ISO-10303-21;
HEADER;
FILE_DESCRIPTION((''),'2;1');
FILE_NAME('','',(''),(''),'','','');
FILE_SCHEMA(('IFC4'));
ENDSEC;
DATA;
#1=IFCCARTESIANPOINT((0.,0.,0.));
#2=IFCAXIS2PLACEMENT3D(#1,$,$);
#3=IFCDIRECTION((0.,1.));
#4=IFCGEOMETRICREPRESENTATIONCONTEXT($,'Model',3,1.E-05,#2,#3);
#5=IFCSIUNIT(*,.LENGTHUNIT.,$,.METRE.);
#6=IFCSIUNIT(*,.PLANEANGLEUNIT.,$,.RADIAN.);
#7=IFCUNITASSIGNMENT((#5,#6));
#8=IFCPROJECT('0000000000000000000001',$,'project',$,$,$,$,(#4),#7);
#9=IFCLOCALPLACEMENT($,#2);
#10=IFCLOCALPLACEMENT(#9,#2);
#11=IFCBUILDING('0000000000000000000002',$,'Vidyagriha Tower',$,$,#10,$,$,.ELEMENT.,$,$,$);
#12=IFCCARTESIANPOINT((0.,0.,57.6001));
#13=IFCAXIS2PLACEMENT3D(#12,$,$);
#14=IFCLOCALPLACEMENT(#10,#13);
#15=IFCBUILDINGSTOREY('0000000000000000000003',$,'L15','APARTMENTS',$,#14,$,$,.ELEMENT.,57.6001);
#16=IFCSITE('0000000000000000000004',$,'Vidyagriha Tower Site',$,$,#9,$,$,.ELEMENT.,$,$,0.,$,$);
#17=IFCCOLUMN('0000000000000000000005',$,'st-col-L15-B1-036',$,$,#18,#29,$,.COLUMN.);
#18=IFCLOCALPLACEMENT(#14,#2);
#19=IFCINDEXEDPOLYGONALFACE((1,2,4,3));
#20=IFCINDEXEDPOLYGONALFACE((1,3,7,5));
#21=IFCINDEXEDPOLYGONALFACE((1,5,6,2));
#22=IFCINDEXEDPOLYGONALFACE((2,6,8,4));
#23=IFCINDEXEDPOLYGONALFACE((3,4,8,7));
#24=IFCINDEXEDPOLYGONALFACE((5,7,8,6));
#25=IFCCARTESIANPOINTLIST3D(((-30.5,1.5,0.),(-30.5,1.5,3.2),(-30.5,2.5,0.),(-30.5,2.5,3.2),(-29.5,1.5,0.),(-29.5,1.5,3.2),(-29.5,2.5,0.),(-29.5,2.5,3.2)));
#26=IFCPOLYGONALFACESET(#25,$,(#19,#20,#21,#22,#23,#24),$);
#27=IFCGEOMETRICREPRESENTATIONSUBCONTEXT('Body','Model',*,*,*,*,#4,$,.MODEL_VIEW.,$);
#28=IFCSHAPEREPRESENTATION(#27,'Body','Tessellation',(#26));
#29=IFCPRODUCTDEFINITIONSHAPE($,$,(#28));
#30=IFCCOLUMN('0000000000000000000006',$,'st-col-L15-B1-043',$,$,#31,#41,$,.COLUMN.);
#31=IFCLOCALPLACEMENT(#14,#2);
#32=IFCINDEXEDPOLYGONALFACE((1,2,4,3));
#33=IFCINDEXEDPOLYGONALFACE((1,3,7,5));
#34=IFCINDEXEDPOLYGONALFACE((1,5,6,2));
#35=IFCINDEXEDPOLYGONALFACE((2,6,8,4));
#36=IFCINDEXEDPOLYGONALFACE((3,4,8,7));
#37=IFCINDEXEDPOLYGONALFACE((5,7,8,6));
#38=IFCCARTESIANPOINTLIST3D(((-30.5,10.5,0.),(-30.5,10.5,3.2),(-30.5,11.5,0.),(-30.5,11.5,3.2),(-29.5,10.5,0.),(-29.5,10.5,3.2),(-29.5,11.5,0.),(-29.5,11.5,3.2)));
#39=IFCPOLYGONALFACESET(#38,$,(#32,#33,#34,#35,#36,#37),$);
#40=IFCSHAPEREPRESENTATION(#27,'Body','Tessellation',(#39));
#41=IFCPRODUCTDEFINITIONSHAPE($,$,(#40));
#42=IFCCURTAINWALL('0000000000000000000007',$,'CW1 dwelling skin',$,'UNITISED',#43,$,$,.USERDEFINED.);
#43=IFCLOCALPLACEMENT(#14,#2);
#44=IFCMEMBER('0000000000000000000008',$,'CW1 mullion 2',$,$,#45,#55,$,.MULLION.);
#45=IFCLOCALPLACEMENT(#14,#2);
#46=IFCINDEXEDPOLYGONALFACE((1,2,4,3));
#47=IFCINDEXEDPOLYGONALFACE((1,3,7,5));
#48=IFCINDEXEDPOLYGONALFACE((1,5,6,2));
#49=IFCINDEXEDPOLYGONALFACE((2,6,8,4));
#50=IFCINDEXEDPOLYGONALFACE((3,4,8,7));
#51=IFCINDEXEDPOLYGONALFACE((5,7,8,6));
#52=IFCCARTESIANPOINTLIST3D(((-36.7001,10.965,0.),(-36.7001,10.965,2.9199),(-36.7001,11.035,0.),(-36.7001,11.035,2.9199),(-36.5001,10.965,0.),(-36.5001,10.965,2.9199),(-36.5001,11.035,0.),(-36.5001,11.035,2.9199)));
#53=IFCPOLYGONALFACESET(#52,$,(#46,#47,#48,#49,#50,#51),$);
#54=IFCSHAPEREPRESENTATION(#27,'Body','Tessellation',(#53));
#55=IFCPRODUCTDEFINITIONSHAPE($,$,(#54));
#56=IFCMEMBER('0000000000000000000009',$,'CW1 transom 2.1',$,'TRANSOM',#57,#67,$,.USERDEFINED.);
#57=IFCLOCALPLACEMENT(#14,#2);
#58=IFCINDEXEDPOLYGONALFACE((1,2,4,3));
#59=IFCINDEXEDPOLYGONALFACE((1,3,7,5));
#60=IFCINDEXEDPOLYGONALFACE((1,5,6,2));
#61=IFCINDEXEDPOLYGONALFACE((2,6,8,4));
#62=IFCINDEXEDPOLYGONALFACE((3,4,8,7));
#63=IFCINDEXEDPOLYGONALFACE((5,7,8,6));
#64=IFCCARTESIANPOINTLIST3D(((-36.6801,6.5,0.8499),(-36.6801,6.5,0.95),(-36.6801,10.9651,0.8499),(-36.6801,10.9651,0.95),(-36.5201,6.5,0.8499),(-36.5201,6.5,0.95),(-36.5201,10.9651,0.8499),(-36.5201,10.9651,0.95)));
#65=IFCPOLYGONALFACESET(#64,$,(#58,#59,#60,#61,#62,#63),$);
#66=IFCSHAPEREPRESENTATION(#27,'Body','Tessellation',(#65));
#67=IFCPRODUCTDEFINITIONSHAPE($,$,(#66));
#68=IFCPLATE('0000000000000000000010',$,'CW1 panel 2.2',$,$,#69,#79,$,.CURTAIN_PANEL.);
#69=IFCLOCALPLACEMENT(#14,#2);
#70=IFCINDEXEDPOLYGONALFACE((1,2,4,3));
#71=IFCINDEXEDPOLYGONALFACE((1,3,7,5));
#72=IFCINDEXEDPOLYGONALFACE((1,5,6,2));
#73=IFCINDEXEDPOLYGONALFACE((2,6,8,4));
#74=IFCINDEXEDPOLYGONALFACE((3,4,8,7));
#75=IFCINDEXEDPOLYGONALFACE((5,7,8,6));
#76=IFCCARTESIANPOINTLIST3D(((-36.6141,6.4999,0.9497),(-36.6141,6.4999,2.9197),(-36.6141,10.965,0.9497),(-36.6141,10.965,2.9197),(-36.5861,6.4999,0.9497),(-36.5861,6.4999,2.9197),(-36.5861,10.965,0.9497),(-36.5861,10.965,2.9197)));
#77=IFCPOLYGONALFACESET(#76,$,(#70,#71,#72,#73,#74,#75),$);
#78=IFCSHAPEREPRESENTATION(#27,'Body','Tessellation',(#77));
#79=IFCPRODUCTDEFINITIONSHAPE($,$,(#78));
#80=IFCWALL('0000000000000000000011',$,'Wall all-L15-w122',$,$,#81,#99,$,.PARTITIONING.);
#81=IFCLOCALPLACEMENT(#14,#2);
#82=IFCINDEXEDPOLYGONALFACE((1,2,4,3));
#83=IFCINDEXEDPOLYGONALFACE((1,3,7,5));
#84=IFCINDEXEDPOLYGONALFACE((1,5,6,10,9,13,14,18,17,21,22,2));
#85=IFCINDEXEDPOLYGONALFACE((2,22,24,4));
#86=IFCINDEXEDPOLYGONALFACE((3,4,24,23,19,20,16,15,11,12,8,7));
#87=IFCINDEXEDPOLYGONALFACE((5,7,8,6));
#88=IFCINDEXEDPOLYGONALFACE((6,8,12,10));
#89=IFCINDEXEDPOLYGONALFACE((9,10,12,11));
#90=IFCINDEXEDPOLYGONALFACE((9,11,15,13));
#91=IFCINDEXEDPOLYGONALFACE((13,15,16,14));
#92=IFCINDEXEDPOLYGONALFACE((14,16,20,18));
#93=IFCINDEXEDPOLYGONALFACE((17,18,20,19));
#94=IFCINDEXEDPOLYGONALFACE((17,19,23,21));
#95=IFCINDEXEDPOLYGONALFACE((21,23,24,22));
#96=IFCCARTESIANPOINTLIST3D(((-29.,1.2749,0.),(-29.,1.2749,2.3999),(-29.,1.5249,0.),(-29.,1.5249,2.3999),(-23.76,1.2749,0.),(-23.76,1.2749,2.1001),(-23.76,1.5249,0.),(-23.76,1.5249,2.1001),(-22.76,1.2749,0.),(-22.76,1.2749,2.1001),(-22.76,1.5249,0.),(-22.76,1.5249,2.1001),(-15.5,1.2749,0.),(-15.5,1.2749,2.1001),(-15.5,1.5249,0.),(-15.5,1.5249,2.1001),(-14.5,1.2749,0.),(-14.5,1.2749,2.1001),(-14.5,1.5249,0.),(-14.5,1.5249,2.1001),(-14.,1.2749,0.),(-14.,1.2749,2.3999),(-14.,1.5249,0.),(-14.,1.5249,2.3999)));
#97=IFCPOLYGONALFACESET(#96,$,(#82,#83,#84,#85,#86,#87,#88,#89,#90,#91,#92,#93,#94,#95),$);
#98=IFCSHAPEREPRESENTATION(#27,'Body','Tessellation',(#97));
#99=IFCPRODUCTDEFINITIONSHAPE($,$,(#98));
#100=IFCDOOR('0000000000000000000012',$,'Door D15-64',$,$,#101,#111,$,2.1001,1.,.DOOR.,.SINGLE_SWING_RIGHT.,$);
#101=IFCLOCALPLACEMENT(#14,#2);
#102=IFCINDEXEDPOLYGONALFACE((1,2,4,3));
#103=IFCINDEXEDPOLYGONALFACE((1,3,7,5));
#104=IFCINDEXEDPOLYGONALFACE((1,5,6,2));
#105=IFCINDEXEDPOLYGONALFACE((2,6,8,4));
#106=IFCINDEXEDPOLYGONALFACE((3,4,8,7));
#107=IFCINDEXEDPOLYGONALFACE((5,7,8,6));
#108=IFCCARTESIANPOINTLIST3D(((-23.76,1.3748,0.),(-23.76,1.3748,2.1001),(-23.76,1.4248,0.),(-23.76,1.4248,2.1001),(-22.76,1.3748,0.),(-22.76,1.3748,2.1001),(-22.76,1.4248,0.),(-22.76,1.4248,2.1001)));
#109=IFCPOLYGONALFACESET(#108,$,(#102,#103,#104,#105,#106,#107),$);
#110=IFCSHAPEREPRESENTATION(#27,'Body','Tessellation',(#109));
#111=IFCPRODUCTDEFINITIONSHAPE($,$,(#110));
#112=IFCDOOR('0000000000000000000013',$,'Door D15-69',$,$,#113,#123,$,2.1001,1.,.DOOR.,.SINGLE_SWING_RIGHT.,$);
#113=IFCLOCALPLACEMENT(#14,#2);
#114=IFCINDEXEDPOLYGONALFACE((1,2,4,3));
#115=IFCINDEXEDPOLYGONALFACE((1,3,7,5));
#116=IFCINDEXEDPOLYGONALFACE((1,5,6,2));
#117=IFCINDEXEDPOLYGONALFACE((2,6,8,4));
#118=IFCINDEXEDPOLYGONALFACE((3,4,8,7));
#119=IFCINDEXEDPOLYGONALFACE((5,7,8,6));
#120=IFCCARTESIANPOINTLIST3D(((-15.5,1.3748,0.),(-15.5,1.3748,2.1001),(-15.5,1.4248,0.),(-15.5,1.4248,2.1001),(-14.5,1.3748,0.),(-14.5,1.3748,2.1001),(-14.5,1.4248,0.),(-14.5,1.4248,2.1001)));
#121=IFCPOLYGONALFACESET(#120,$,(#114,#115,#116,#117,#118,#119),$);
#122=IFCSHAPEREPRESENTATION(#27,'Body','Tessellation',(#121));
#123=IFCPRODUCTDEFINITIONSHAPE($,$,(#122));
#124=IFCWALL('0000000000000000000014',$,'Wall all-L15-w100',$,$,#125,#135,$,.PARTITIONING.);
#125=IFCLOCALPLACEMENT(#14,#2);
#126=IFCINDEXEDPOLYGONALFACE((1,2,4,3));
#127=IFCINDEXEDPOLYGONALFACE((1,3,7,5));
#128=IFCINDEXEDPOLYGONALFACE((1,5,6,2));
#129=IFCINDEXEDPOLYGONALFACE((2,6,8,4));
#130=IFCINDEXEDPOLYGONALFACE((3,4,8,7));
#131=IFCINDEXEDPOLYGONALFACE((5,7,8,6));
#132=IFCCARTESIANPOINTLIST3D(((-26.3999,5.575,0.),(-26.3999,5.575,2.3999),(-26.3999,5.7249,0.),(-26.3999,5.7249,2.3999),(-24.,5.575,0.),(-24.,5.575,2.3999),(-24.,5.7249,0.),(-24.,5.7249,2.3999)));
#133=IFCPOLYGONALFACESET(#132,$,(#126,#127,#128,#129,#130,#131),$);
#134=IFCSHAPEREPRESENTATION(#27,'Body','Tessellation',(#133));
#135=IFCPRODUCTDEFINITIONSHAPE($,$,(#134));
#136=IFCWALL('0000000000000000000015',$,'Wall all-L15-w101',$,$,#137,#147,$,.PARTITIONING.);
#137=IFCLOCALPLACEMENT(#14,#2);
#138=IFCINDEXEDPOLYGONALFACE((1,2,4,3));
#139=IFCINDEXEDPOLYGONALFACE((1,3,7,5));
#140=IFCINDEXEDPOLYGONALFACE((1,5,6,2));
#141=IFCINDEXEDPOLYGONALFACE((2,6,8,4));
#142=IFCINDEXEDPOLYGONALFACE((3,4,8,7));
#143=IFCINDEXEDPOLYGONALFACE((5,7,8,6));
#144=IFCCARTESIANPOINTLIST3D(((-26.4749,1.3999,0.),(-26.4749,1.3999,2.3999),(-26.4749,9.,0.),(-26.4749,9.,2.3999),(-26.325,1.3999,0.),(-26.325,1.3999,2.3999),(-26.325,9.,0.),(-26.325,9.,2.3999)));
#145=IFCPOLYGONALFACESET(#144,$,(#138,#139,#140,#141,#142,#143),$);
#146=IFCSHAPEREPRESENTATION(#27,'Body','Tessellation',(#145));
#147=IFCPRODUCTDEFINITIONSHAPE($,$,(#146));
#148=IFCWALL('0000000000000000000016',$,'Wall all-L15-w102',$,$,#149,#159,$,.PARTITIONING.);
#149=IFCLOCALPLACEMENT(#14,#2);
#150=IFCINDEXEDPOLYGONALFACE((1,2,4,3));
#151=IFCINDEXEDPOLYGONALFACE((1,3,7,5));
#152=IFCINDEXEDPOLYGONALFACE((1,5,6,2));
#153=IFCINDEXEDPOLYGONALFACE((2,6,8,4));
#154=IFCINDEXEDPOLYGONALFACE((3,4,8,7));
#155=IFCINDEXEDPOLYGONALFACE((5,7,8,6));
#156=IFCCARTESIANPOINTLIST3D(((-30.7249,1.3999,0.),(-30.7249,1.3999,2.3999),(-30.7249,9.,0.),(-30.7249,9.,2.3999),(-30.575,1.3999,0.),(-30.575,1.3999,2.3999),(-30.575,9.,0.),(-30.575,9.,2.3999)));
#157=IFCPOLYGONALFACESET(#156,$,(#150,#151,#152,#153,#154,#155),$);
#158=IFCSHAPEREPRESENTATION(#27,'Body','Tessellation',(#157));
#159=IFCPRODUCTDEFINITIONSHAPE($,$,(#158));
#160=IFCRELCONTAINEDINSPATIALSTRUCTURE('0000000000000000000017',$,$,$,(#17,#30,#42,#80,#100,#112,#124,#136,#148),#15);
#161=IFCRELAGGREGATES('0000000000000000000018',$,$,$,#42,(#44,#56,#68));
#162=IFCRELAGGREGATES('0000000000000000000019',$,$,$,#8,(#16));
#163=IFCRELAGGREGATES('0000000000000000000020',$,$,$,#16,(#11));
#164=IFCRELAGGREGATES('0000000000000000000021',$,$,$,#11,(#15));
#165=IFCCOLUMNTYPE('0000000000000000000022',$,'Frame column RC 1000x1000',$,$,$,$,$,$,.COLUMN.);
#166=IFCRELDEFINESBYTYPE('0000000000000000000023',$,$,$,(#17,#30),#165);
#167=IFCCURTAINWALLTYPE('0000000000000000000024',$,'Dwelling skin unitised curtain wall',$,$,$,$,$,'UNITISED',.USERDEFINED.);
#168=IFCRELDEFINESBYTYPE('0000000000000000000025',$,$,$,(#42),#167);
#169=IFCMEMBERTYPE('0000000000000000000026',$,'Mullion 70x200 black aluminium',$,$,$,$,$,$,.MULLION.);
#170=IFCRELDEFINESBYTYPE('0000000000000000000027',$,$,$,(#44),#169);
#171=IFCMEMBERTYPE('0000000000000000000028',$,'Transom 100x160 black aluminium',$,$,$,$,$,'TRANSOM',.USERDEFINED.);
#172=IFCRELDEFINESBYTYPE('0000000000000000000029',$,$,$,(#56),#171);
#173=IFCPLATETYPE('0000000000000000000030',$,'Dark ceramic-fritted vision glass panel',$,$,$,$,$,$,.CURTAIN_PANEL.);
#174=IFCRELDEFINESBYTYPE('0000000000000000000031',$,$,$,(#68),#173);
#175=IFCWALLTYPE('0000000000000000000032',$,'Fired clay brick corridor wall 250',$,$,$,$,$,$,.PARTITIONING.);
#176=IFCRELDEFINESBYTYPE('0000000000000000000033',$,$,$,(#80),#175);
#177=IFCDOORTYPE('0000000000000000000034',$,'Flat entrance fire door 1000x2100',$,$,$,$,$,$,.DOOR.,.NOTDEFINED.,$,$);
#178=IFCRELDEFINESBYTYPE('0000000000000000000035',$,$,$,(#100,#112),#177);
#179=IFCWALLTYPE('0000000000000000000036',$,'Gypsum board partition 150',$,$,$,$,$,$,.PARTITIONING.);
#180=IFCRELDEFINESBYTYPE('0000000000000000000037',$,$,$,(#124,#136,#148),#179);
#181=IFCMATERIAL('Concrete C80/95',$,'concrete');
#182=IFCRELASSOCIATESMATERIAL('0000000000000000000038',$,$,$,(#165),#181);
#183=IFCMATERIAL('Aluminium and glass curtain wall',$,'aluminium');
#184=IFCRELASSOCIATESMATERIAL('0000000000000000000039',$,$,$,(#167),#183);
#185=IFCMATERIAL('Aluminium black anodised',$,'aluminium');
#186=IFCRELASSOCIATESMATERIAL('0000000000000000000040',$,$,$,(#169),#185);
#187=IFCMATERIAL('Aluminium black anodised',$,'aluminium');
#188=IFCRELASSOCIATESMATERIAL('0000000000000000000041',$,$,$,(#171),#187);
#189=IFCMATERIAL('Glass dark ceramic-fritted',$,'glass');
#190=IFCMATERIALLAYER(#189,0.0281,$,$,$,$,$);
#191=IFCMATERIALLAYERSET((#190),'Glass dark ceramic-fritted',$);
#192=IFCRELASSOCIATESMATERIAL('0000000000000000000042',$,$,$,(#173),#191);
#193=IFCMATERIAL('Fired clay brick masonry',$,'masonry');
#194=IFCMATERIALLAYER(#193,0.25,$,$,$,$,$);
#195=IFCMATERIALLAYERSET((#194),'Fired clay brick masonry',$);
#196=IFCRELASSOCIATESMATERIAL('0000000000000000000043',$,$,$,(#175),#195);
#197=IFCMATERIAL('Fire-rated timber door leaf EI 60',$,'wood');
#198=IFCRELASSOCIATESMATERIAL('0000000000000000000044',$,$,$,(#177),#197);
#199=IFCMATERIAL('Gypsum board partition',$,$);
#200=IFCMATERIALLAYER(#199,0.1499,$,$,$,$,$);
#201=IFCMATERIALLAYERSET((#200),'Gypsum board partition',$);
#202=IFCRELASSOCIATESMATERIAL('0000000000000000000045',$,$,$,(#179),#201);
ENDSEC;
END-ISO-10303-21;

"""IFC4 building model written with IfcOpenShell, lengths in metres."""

from ifc_helpers import new_model, si_unit, direction, frame, frame_2d, origin, origin_2d, place, context, subcontext, project, spatial, rectangle, extrude, material, layer, layer_set, material_profile, profile_set, type_object, element, fill, aggregate, save


model = new_model("IFC4")

# Units and contexts
model_context = context("Model", 3, precision=1e-05, world=origin(), true_north=direction((0.0, 1.0)))
body_context = subcontext(model_context, "Body", "Model", "MODEL_VIEW")
ifc_project = project(units=[si_unit("LENGTHUNIT", "METRE"), si_unit("PLANEANGLEUNIT", "RADIAN")], contexts=[model_context])

# Site, building, storey
site_placement = place(None, origin())
site = spatial("IfcSite", under=ifc_project, at=site_placement, Name="Vidyagriha Tower Site", CompositionType="ELEMENT", RefElevation=0.0)
building_placement = place(site_placement, origin())
building = spatial("IfcBuilding", under=site, at=building_placement, Name="Vidyagriha Tower", CompositionType="ELEMENT")
storey_placement = place(building_placement, frame((0.0, 0.0, 57.6001)))
storey = spatial("IfcBuildingStorey", under=building, at=storey_placement, Name="L15", Description="APARTMENTS", CompositionType="ELEMENT", Elevation=57.6001)

# Columns
ifc_material_1 = material(Name="Concrete C80/95", Category="concrete")
ifc_material_profile_1 = material_profile(ifc_material_1, rectangle(XDim=1.0, YDim=1.0, at=origin_2d()), Name="RC 1000x1000")
ifc_profile_set_1 = profile_set([ifc_material_profile_1], Name="Concrete C80/95")
column_type = type_object("IfcColumnType", Name="Frame column RC 1000x1000", PredefinedType="COLUMN", material=ifc_profile_set_1)
for number, where, name in (
    (1, (-30.0, 2.0, 0.0), "st-col-L15-B1-036"),
    (2, (-30.0, 11.0, 0.0), "st-col-L15-B1-043"),
):
    element("IfcColumn", number, at=place(storey_placement, frame(where)), inside=storey, type_object=column_type, Name=name, PredefinedType="COLUMN", context=body_context, shape_type="SweptSolid", body=[
        extrude(rectangle(XDim=1.0, YDim=1.0, at=origin_2d()), origin(), (0.0, 0.0, 1.0), 3.2),
    ])

# Curtain wall, members, plate
ifc_material_2 = material(Name="Aluminium and glass curtain wall", Category="aluminium")
curtain_wall_type = type_object("IfcCurtainWallType", Name="Dwelling skin unitised curtain wall", ElementType="UNITISED", PredefinedType="USERDEFINED", material=ifc_material_2)
curtain_wall_placement = place(storey_placement, origin())
curtain_wall = element("IfcCurtainWall", 3, at=curtain_wall_placement, inside=storey, type_object=curtain_wall_type, Name="CW1 dwelling skin", ObjectType="UNITISED", PredefinedType="USERDEFINED")
ifc_material_3 = material(Name="Aluminium black anodised", Category="aluminium")
ifc_material_profile_2 = material_profile(ifc_material_3, rectangle(XDim=0.2, YDim=0.0701, at=origin_2d()), Name="Mullion 70x200 black aluminium")
ifc_profile_set_2 = profile_set([ifc_material_profile_2], Name="Aluminium black anodised")
member_type_1 = type_object("IfcMemberType", Name="Mullion 70x200 black aluminium", PredefinedType="MULLION", material=ifc_profile_set_2)
member_1_placement = place(storey_placement, frame((-36.6001, 11.0, 0.0)))
member_1 = element("IfcMember", 4, at=member_1_placement, type_object=member_type_1, Name="CW1 mullion 2", PredefinedType="MULLION", context=body_context, shape_type="SweptSolid", body=[
    extrude(rectangle(XDim=0.2, YDim=0.0701, at=origin_2d()), origin(), (0.0, 0.0, 1.0), 2.9199),
])
ifc_material_4 = material(Name="Aluminium black anodised", Category="aluminium")
ifc_material_profile_3 = material_profile(ifc_material_4, rectangle(XDim=0.1599, YDim=0.1001, at=origin_2d()), Name="Transom 100x160 black aluminium")
ifc_profile_set_3 = profile_set([ifc_material_profile_3], Name="Aluminium black anodised")
member_type_2 = type_object("IfcMemberType", Name="Transom 100x160 black aluminium", ElementType="TRANSOM", PredefinedType="USERDEFINED", material=ifc_profile_set_3)
member_2_placement = place(storey_placement, frame((-36.6001, 10.9651, 0.8999), z_axis=(0.0, -1.0, 0.0), x_axis=(1.0, 0.0, 0.0)))
member_2 = element("IfcMember", 5, at=member_2_placement, type_object=member_type_2, Name="CW1 transom 2.1", ObjectType="TRANSOM", PredefinedType="USERDEFINED", context=body_context, shape_type="SweptSolid", body=[
    extrude(rectangle(XDim=0.1599, YDim=0.1001, at=origin_2d()), origin(), (0.0, 0.0, 1.0), 4.4651),
])
ifc_material_5 = material(Name="Glass dark ceramic-fritted", Category="glass")
ifc_layer_1 = layer(ifc_material_5, 0.0281)
ifc_layer_set_1 = layer_set([ifc_layer_1], Name="Glass dark ceramic-fritted")
plate_type = type_object("IfcPlateType", Name="Dark ceramic-fritted vision glass panel", PredefinedType="CURTAIN_PANEL", material=ifc_layer_set_1)
plate_placement = place(storey_placement, frame((-36.6001, 8.7324, 0.9497), z_axis=(0.0, 0.0, 1.0), x_axis=(0.0, -1.0, 0.0)))
plate = element("IfcPlate", 6, at=plate_placement, type_object=plate_type, Name="CW1 panel 2.2", PredefinedType="CURTAIN_PANEL", context=body_context, shape_type="SweptSolid", body=[
    extrude(rectangle(XDim=4.4651, YDim=0.0281, at=origin_2d()), origin(), (0.0, 0.0, 1.0), 1.97),
])
aggregate(curtain_wall, [member_1, member_2, plate])

# Wall, openings, doors
ifc_material_6 = material(Name="Fired clay brick masonry", Category="masonry")
ifc_layer_2 = layer(ifc_material_6, 0.25)
ifc_layer_set_2 = layer_set([ifc_layer_2], Name="Fired clay brick masonry")
wall_type_1 = type_object("IfcWallType", Name="Fired clay brick corridor wall 250", PredefinedType="PARTITIONING", material=ifc_layer_set_2)
wall_1_placement = place(storey_placement, frame((-29.0, 1.3999, 0.0)))
wall_1 = element("IfcWall", 7, at=wall_1_placement, inside=storey, type_object=wall_type_1, Name="Wall all-L15-w122", PredefinedType="PARTITIONING", context=body_context, shape_type="SweptSolid", body=[
    extrude(rectangle(XDim=15.0, YDim=0.25, at=frame_2d((7.5, 0.0))), origin(), (0.0, 0.0, 1.0), 2.3999),
])
opening_1_placement = place(wall_1_placement, frame((5.24, 0.0, 0.0)))
opening_1 = element("IfcOpeningElement", 8, at=opening_1_placement, cuts=wall_1, PredefinedType="OPENING", context=body_context, shape_type="SweptSolid", body=[
    extrude(rectangle(XDim=1.0, YDim=2.1001, at=frame_2d((0.5, 1.05))), frame((0.0, 0.135, 0.0), z_axis=(0.0, -1.0, 0.0), x_axis=(1.0, 0.0, 0.0)), (0.0, 0.0, 1.0), 0.27),
])
opening_2_placement = place(wall_1_placement, frame((13.5, 0.0, 0.0)))
opening_2 = element("IfcOpeningElement", 9, at=opening_2_placement, cuts=wall_1, PredefinedType="OPENING", context=body_context, shape_type="SweptSolid", body=[
    extrude(rectangle(XDim=1.0, YDim=2.1001, at=frame_2d((0.5, 1.05))), frame((0.0, 0.135, 0.0), z_axis=(0.0, -1.0, 0.0), x_axis=(1.0, 0.0, 0.0)), (0.0, 0.0, 1.0), 0.27),
])
ifc_material_7 = material(Name="Fire-rated timber door leaf EI 60", Category="wood")
door_type_1 = type_object("IfcDoorType", Name="Flat entrance fire door 1000x2100", OperationType="NOTDEFINED", PredefinedType="DOOR", material=ifc_material_7)
door_1_placement = place(opening_1_placement, origin())
door_1 = element("IfcDoor", 10, at=door_1_placement, inside=storey, type_object=door_type_1, Name="Door D15-64", OperationType="SINGLE_SWING_RIGHT", OverallHeight=2.1001, OverallWidth=1.0, PredefinedType="DOOR", context=body_context, shape_type="SweptSolid", body=[
    extrude(rectangle(XDim=1.0, YDim=2.1001, at=frame_2d((0.5, 1.05))), frame((0.0, 0.0249, 0.0), z_axis=(0.0, -1.0, 0.0), x_axis=(1.0, 0.0, 0.0)), (0.0, 0.0, 1.0), 0.05),
])
fill(opening_1, door_1)
door_2_placement = place(opening_2_placement, origin())
door_2 = element("IfcDoor", 11, at=door_2_placement, inside=storey, type_object=door_type_1, Name="Door D15-69", OperationType="SINGLE_SWING_RIGHT", OverallHeight=2.1001, OverallWidth=1.0, PredefinedType="DOOR", context=body_context, shape_type="SweptSolid", body=[
    extrude(rectangle(XDim=1.0, YDim=2.1001, at=frame_2d((0.5, 1.05))), frame((0.0, 0.0249, 0.0), z_axis=(0.0, -1.0, 0.0), x_axis=(1.0, 0.0, 0.0)), (0.0, 0.0, 1.0), 0.05),
])
fill(opening_2, door_2)

# Walls
ifc_material_8 = material(Name="Gypsum board partition")
ifc_layer_3 = layer(ifc_material_8, 0.1499)
ifc_layer_set_3 = layer_set([ifc_layer_3], Name="Gypsum board partition")
wall_type_2 = type_object("IfcWallType", Name="Gypsum board partition 150", PredefinedType="PARTITIONING", material=ifc_layer_set_3)
wall_2_placement = place(storey_placement, frame((-26.3999, 5.6499, 0.0)))
element("IfcWall", 12, at=wall_2_placement, inside=storey, type_object=wall_type_2, Name="Wall all-L15-w100", PredefinedType="PARTITIONING", context=body_context, shape_type="SweptSolid", body=[
    extrude(rectangle(XDim=2.3999, YDim=0.1499, at=frame_2d((1.2, 0.0))), origin(), (0.0, 0.0, 1.0), 2.3999),
])
for number, where, z_axis, x_axis, name in (
    (13, (-26.3999, 1.3999, 0.0), (0.0, 0.0, 1.0), (0.0, 1.0, 0.0), "Wall all-L15-w101"),
    (14, (-30.6499, 1.3999, 0.0), (0.0, 0.0, 1.0), (0.0, 1.0, 0.0), "Wall all-L15-w102"),
):
    element("IfcWall", number, at=place(storey_placement, frame(where, z_axis=z_axis, x_axis=x_axis)), inside=storey, type_object=wall_type_2, Name=name, PredefinedType="PARTITIONING", context=body_context, shape_type="SweptSolid", body=[
        extrude(rectangle(XDim=7.6001, YDim=0.1499, at=frame_2d((3.8, 0.0))), origin(), (0.0, 0.0, 1.0), 2.3999),
    ])

save(model, "model.ifc")
